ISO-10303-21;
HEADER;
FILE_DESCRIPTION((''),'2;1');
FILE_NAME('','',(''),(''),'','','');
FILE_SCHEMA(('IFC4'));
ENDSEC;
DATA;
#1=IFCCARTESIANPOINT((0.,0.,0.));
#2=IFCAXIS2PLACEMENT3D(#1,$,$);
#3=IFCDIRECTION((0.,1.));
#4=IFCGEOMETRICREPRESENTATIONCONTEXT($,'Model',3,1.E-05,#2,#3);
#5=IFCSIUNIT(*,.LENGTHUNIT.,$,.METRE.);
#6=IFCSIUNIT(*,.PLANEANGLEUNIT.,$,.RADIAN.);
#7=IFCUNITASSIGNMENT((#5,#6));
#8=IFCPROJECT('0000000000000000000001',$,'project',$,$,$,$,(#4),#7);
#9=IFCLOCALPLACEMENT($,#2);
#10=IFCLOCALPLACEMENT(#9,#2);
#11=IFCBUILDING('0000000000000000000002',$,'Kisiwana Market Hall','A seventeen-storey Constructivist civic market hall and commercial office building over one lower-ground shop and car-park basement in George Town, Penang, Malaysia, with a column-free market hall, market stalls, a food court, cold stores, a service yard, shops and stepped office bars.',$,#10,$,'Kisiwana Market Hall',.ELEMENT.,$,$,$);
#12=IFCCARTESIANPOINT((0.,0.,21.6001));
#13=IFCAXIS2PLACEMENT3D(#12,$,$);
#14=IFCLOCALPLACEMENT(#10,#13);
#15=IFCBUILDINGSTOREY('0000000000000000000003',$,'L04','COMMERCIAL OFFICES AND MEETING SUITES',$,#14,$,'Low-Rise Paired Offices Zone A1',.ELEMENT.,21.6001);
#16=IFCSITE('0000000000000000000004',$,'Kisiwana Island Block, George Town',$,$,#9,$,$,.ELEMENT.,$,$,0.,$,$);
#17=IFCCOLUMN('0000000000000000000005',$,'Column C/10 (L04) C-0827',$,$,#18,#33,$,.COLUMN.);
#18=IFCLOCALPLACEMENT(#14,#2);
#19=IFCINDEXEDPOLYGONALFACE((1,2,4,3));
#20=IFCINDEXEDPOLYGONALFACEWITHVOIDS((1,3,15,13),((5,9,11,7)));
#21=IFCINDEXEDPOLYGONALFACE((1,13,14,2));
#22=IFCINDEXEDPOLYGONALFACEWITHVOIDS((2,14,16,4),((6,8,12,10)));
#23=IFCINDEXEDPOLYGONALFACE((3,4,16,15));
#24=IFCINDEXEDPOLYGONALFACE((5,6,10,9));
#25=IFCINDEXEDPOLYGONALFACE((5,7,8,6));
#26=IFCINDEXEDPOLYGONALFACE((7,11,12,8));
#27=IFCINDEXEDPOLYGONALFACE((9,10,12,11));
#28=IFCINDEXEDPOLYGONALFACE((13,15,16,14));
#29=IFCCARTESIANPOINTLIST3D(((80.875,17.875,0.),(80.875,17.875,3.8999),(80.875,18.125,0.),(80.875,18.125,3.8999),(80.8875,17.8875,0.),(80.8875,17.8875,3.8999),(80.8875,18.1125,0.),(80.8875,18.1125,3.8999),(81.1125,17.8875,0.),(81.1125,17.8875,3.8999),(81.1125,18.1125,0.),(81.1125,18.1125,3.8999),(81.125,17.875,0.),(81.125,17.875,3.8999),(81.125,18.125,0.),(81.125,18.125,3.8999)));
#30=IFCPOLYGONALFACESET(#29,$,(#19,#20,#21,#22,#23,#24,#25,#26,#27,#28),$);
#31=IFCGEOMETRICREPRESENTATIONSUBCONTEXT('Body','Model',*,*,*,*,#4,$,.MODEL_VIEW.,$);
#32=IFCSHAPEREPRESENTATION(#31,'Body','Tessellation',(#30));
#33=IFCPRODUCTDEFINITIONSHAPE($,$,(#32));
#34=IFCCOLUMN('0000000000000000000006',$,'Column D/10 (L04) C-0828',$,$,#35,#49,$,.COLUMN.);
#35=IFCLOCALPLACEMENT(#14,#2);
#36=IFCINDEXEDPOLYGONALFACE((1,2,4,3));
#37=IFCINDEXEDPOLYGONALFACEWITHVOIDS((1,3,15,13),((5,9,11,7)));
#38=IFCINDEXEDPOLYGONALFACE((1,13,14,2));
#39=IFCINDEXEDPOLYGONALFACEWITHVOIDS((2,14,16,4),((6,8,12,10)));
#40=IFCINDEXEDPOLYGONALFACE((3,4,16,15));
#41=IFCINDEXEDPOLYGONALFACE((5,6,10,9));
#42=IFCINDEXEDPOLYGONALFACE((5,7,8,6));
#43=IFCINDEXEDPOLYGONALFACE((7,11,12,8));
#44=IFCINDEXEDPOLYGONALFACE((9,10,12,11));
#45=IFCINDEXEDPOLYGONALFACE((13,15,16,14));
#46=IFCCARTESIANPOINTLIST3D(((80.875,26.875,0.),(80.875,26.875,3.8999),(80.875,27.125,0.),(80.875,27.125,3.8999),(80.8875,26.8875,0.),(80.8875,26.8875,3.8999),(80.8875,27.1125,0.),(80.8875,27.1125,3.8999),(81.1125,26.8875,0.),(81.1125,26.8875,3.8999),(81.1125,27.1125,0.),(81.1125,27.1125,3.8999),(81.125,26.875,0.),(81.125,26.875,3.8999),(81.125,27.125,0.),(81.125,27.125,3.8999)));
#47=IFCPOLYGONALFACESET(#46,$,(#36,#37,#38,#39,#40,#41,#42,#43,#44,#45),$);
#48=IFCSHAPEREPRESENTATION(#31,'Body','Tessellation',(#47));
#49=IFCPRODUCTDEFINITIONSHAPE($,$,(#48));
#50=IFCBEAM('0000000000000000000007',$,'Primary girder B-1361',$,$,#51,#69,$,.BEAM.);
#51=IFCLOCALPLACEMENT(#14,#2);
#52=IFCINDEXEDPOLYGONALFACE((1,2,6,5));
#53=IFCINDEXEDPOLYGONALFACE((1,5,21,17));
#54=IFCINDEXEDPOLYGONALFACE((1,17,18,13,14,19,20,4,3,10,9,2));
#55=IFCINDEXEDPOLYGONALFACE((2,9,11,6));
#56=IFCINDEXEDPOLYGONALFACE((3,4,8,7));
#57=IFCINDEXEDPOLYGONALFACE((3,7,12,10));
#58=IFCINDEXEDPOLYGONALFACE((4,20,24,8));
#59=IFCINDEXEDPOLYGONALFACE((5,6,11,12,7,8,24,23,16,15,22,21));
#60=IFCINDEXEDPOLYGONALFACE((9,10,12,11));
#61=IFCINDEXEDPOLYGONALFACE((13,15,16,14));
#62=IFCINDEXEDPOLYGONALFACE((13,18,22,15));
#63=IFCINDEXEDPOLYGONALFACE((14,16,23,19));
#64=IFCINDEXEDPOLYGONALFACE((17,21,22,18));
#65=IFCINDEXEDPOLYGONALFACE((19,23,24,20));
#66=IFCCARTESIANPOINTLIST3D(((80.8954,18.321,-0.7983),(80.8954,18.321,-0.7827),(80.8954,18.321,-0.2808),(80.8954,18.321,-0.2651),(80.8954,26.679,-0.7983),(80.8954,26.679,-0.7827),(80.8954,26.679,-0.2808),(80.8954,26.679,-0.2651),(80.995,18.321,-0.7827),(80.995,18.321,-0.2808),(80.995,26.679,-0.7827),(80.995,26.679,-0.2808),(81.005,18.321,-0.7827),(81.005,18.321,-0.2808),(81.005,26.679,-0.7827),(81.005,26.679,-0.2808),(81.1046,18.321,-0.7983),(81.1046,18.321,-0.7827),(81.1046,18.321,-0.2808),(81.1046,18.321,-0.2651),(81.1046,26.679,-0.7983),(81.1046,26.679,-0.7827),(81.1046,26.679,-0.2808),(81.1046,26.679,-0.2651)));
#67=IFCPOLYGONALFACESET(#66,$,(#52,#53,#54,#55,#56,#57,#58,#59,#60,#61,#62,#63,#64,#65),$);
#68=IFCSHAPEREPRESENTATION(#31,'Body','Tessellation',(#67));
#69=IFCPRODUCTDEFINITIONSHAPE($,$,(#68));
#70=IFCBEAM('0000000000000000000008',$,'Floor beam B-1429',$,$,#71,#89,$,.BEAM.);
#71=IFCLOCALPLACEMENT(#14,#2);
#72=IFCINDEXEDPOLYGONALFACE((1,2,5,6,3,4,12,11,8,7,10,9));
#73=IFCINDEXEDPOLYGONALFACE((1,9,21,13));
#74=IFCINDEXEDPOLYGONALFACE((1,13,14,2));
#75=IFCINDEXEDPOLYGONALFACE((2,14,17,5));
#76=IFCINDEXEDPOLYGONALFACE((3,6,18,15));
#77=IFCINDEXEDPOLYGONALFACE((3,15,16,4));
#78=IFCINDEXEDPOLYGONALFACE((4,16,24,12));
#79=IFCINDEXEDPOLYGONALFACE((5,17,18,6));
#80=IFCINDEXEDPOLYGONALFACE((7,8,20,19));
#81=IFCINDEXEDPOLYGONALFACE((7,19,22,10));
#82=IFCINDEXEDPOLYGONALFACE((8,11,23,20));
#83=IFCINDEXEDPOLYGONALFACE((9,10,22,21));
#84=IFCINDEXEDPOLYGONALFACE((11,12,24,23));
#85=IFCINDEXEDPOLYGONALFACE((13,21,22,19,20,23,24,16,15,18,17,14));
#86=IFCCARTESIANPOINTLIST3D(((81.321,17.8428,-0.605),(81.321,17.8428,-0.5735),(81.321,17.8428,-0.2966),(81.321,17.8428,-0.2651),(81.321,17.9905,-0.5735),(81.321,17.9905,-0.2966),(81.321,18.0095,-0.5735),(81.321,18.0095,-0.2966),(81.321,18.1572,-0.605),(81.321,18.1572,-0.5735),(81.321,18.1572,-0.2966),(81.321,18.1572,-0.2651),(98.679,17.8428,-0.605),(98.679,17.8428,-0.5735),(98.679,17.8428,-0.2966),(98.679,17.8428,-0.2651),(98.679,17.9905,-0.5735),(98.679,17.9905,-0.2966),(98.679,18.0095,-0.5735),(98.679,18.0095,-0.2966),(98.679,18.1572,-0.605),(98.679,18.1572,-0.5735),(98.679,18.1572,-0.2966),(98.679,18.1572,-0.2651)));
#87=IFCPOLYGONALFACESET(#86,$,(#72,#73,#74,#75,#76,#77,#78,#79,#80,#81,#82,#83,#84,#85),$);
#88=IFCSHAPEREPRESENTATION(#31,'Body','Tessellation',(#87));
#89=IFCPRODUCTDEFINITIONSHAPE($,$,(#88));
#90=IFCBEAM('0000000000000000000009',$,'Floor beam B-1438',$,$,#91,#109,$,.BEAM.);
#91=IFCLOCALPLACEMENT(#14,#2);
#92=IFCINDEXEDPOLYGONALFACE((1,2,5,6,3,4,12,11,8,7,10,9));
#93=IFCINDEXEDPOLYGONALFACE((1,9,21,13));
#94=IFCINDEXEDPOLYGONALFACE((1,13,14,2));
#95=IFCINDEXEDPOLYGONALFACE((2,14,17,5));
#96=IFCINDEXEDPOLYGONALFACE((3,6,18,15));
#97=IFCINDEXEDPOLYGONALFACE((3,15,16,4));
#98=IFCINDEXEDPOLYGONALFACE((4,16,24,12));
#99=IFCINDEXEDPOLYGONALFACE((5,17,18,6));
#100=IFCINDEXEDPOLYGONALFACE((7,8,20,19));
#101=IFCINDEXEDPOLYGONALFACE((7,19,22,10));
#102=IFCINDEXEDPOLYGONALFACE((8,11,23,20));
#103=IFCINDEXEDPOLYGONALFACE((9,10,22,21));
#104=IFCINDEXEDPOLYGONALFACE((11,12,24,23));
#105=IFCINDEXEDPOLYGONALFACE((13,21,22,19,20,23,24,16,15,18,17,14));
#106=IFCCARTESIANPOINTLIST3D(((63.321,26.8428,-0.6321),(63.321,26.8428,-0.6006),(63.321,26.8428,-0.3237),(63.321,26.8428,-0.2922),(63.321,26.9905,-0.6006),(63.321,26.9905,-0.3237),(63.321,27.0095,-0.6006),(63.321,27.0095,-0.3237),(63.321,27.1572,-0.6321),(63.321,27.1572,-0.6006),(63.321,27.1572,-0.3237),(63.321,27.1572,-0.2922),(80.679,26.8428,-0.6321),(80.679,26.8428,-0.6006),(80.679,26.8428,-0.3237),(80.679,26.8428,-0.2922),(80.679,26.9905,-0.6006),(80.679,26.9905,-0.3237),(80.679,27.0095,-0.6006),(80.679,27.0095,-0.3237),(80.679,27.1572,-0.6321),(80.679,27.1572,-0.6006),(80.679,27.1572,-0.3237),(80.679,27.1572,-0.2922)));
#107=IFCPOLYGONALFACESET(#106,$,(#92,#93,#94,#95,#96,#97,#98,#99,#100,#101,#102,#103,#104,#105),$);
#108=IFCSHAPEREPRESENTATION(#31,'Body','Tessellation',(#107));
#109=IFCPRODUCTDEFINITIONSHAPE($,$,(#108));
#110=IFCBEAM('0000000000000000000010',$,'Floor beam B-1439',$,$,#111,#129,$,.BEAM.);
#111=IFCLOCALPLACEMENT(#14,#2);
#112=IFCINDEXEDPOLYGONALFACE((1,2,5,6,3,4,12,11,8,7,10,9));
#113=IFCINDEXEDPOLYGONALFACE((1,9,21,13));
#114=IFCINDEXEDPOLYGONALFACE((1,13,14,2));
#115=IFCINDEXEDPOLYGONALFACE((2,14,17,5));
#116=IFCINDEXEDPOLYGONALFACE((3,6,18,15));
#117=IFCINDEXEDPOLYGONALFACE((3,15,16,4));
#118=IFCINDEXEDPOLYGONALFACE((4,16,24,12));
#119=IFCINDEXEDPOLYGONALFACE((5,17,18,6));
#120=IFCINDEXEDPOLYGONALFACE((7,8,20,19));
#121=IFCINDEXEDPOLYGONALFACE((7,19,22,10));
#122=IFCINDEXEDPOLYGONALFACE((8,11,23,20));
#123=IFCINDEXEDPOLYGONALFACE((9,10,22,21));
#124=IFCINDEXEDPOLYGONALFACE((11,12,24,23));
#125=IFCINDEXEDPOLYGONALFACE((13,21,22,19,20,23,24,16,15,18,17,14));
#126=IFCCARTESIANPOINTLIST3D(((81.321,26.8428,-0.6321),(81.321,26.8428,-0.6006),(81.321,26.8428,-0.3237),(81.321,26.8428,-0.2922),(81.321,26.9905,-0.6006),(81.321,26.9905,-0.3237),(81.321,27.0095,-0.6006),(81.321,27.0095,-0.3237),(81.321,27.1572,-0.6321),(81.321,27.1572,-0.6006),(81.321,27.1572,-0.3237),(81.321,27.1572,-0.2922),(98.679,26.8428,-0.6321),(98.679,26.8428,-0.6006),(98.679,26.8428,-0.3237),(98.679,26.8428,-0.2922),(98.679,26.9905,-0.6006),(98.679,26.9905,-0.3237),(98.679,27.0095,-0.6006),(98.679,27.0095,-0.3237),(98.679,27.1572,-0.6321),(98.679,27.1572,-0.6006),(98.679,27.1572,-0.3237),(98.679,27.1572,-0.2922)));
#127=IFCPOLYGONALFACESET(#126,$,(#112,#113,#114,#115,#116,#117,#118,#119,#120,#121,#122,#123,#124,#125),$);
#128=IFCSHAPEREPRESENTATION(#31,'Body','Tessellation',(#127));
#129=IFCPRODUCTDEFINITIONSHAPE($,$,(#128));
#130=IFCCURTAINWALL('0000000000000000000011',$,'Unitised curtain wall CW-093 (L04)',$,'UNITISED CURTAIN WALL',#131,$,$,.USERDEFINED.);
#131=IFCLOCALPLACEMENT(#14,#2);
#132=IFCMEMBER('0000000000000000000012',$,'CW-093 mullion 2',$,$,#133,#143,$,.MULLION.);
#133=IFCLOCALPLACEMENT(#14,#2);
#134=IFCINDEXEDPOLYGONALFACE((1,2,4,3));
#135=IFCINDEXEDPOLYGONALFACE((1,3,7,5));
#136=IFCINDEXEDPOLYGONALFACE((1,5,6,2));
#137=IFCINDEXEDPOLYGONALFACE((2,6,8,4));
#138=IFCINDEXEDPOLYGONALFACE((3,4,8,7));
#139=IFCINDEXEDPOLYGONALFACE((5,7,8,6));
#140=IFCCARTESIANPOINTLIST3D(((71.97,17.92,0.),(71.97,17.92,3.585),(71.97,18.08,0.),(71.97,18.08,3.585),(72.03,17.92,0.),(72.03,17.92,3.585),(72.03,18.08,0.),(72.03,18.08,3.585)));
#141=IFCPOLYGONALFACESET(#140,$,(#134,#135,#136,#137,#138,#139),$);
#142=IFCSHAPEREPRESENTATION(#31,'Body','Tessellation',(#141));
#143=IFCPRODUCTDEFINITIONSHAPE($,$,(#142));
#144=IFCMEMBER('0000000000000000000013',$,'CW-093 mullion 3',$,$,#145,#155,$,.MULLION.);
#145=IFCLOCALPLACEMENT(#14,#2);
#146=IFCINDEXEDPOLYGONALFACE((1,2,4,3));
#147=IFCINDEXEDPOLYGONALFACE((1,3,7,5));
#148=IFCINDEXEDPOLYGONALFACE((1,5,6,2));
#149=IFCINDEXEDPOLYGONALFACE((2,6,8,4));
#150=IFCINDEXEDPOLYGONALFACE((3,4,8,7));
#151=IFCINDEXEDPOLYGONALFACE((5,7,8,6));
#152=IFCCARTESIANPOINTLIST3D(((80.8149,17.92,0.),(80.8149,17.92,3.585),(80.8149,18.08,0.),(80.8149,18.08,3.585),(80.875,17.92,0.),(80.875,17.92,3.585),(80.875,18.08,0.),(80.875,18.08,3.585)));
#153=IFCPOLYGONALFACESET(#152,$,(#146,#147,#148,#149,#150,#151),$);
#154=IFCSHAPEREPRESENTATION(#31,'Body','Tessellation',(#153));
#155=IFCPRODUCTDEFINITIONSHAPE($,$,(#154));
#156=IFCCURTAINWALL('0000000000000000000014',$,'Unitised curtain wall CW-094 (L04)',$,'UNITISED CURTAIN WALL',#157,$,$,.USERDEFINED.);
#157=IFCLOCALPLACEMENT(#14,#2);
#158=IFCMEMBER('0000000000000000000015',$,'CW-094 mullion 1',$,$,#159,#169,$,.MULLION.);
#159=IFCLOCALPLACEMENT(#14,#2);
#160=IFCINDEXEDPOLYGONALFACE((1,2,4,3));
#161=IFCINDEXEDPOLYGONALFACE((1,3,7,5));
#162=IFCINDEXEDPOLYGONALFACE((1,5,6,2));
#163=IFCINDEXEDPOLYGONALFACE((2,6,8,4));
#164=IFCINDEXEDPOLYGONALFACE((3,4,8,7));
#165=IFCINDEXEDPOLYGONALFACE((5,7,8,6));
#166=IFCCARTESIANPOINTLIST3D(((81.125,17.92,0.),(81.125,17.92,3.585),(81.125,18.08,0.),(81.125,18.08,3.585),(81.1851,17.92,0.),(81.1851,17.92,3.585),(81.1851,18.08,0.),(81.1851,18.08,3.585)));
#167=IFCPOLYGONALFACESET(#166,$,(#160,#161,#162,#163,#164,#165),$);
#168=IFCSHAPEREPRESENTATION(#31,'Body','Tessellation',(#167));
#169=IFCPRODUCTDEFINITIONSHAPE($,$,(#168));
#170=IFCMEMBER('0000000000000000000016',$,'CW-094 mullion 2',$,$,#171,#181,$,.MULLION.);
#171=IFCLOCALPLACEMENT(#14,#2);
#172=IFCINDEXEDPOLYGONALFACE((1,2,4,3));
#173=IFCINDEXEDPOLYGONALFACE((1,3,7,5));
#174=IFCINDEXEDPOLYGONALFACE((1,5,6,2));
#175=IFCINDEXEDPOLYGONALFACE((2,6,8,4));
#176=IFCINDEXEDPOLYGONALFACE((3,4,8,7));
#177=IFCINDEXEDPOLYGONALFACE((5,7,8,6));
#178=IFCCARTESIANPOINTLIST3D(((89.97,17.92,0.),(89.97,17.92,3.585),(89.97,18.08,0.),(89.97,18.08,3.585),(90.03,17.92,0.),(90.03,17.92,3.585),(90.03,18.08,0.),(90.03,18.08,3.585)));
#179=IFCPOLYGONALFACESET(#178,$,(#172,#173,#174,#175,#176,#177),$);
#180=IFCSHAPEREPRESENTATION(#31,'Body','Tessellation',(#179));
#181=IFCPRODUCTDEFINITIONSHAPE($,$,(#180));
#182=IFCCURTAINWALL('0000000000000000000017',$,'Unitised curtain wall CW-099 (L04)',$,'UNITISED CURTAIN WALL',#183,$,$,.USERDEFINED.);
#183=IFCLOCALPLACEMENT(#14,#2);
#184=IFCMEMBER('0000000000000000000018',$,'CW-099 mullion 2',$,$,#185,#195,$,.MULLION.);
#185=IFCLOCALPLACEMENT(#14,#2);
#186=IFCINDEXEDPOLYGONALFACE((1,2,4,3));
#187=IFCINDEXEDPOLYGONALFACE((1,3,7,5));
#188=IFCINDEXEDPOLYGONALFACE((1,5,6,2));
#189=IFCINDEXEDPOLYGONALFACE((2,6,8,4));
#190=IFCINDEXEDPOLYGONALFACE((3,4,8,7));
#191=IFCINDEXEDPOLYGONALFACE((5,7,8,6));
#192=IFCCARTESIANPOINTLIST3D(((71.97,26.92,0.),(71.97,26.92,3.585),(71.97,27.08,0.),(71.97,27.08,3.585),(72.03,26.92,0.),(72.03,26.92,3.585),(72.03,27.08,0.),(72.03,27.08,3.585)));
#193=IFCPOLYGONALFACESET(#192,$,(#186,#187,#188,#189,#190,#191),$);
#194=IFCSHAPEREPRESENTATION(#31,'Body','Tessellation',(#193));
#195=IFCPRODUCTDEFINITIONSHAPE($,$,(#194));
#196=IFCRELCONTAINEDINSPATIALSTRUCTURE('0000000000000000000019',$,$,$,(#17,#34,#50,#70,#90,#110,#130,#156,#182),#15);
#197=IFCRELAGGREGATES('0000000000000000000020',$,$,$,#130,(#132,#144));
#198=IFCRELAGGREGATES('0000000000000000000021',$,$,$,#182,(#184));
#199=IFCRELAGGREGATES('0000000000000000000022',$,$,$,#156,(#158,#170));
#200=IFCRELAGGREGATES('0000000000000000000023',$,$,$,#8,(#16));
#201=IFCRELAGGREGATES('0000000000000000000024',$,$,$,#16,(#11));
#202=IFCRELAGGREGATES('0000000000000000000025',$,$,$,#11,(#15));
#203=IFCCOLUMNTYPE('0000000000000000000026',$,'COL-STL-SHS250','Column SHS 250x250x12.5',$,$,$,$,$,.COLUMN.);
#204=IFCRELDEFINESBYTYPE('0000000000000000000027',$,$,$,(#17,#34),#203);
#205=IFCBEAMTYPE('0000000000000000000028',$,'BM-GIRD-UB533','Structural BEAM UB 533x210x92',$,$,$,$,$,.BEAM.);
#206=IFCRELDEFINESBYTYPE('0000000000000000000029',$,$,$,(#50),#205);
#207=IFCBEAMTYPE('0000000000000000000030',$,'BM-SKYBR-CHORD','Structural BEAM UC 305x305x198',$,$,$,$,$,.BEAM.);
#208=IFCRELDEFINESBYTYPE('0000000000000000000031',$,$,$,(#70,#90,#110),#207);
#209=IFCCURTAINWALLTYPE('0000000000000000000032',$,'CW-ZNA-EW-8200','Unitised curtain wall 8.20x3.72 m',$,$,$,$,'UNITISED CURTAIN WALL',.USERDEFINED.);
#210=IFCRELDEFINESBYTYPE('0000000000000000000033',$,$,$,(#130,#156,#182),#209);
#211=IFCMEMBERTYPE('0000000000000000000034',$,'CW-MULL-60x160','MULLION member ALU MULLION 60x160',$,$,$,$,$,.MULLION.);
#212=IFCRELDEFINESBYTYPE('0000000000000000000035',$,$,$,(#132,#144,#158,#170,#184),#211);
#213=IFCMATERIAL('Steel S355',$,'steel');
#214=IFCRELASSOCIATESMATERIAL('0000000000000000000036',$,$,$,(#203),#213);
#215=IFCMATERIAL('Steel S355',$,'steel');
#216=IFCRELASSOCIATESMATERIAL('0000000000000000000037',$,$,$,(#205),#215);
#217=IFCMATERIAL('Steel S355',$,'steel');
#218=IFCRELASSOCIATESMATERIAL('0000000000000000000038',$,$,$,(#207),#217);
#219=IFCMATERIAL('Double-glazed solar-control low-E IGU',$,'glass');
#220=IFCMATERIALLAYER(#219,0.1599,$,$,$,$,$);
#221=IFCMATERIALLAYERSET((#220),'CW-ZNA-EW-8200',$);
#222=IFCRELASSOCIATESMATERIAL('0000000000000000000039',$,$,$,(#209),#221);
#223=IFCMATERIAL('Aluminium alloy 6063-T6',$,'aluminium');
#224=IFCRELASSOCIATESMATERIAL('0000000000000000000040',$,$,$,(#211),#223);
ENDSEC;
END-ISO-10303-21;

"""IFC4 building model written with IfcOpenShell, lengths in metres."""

from ifc_helpers import new_model, si_unit, direction, frame, origin, origin_2d, place, context, subcontext, project, spatial, rectangle, hollow_rectangle, i_section, extrude, material, layer, layer_set, material_profile, profile_set, type_object, element, aggregate, save


model = new_model("IFC4")

# Units and contexts
model_context = context("Model", 3, precision=1e-05, world=origin(), true_north=direction((0.0, 1.0)))
body_context = subcontext(model_context, "Body", "Model", "MODEL_VIEW")
ifc_project = project(units=[si_unit("LENGTHUNIT", "METRE"), si_unit("PLANEANGLEUNIT", "RADIAN")], contexts=[model_context])

# Site, building, storey
site_placement = place(None, origin())
site = spatial("IfcSite", under=ifc_project, at=site_placement, Name="Kisiwana Island Block, George Town", CompositionType="ELEMENT", RefElevation=0.0)
building_placement = place(site_placement, origin())
building = spatial("IfcBuilding", under=site, at=building_placement, Name="Kisiwana Market Hall", Description="A seventeen-storey Constructivist civic market hall and commercial office building over one lower-ground shop and car-park basement in George Town, Penang, Malaysia, with a column-free market hall, market stalls, a food court, cold stores, a service yard, shops and stepped office bars.", LongName="Kisiwana Market Hall", CompositionType="ELEMENT")
storey_placement = place(building_placement, frame((0.0, 0.0, 21.6001)))
storey = spatial("IfcBuildingStorey", under=building, at=storey_placement, Name="L04", Description="COMMERCIAL OFFICES AND MEETING SUITES", LongName="Low-Rise Paired Offices Zone A1", CompositionType="ELEMENT", Elevation=21.6001)

# Columns
ifc_material_1 = material(Name="Steel S355", Category="steel")
ifc_material_profile_1 = material_profile(ifc_material_1, hollow_rectangle(XDim=0.25, YDim=0.25, WallThickness=0.0125, at=origin_2d()), Name="SHS 250x250x12.5")
ifc_profile_set_1 = profile_set([ifc_material_profile_1], Name="Steel S355")
column_type = type_object("IfcColumnType", Name="COL-STL-SHS250", Description="Column SHS 250x250x12.5", PredefinedType="COLUMN", material=ifc_profile_set_1)
for number, where, z_axis, x_axis, name in (
    (1, (81.0, 18.0, 0.0), (0.0, 0.0, 1.0), (1.0, 0.0, 0.0), "Column C/10 (L04) C-0827"),
    (2, (81.0, 27.0, 0.0), (0.0, 0.0, 1.0), (1.0, 0.0, 0.0), "Column D/10 (L04) C-0828"),
):
    element("IfcColumn", number, at=place(storey_placement, frame(where, z_axis=z_axis, x_axis=x_axis)), inside=storey, type_object=column_type, Name=name, PredefinedType="COLUMN", context=body_context, shape_type="SweptSolid", body=[
        extrude(hollow_rectangle(XDim=0.25, YDim=0.25, WallThickness=0.0125, at=origin_2d()), origin(), (0.0, 0.0, 1.0), 3.8999),
    ])

# Beams
ifc_material_2 = material(Name="Steel S355", Category="steel")
ifc_material_profile_2 = material_profile(ifc_material_2, i_section(OverallWidth=0.2092, OverallDepth=0.5332, WebThickness=0.01, FlangeThickness=0.0156, at=origin_2d()), Name="UB 533x210x92")
ifc_profile_set_2 = profile_set([ifc_material_profile_2], Name="Steel S355")
beam_type_1 = type_object("IfcBeamType", Name="BM-GIRD-UB533", Description="Structural BEAM UB 533x210x92", PredefinedType="BEAM", material=ifc_profile_set_2)
beam_placement = place(storey_placement, frame((81.0, 18.321, -0.5317), z_axis=(0.0, 1.0, 0.0), x_axis=(-1.0, 0.0, 0.0)))
element("IfcBeam", 3, at=beam_placement, inside=storey, type_object=beam_type_1, Name="Primary girder B-1361", PredefinedType="BEAM", context=body_context, shape_type="SweptSolid", body=[
    extrude(i_section(OverallWidth=0.2092, OverallDepth=0.5332, WebThickness=0.01, FlangeThickness=0.0156, at=origin_2d()), origin(), (0.0, 0.0, 1.0), 8.3579),
])
ifc_material_3 = material(Name="Steel S355", Category="steel")
ifc_material_profile_3 = material_profile(ifc_material_3, i_section(OverallWidth=0.3145, OverallDepth=0.3398, WebThickness=0.019, FlangeThickness=0.0315, at=origin_2d()), Name="UC 305x305x198")
ifc_profile_set_3 = profile_set([ifc_material_profile_3], Name="Steel S355")
beam_type_2 = type_object("IfcBeamType", Name="BM-SKYBR-CHORD", Description="Structural BEAM UC 305x305x198", PredefinedType="BEAM", material=ifc_profile_set_3)
for number, where, z_axis, x_axis, name in (
    (4, (81.321, 18.0, -0.4351), (1.0, 0.0, 0.0), (0.0, 1.0, 0.0), "Floor beam B-1429"),
    (5, (63.321, 27.0, -0.4622), (1.0, 0.0, 0.0), (0.0, 1.0, 0.0), "Floor beam B-1438"),
    (6, (81.321, 27.0, -0.4622), (1.0, 0.0, 0.0), (0.0, 1.0, 0.0), "Floor beam B-1439"),
):
    element("IfcBeam", number, at=place(storey_placement, frame(where, z_axis=z_axis, x_axis=x_axis)), inside=storey, type_object=beam_type_2, Name=name, PredefinedType="BEAM", context=body_context, shape_type="SweptSolid", body=[
        extrude(i_section(OverallWidth=0.3145, OverallDepth=0.3398, WebThickness=0.019, FlangeThickness=0.0315, at=origin_2d()), origin(), (0.0, 0.0, 1.0), 17.3579),
    ])

# Curtain walls, members
ifc_material_4 = material(Name="Double-glazed solar-control low-E IGU", Category="glass")
ifc_layer_1 = layer(ifc_material_4, 0.1599)
ifc_layer_set_1 = layer_set([ifc_layer_1], Name="CW-ZNA-EW-8200")
curtain_wall_type = type_object("IfcCurtainWallType", Name="CW-ZNA-EW-8200", Description="Unitised curtain wall 8.20x3.72 m", ElementType="UNITISED CURTAIN WALL", PredefinedType="USERDEFINED", material=ifc_layer_set_1)
curtain_wall_1_placement = place(storey_placement, origin())
curtain_wall_1 = element("IfcCurtainWall", 7, at=curtain_wall_1_placement, inside=storey, type_object=curtain_wall_type, Name="Unitised curtain wall CW-093 (L04)", ObjectType="UNITISED CURTAIN WALL", PredefinedType="USERDEFINED")
ifc_material_5 = material(Name="Aluminium alloy 6063-T6", Category="aluminium")
ifc_material_profile_4 = material_profile(ifc_material_5, rectangle(XDim=0.0601, YDim=0.1599, at=origin_2d()), Name="ALU MULLION 60x160")
ifc_profile_set_4 = profile_set([ifc_material_profile_4], Name="Aluminium alloy 6063-T6")
member_type_1 = type_object("IfcMemberType", Name="CW-MULL-60x160", Description="MULLION member ALU MULLION 60x160", PredefinedType="MULLION", material=ifc_profile_set_4)
member_1_placement = place(storey_placement, frame((72.0, 18.0, 0.0), z_axis=(0.0, 0.0, 1.0), x_axis=(1.0, 0.0, 0.0)))
member_1 = element("IfcMember", 8, at=member_1_placement, type_object=member_type_1, Name="CW-093 mullion 2", PredefinedType="MULLION", context=body_context, shape_type="SweptSolid", body=[
    extrude(rectangle(XDim=0.0601, YDim=0.1599, at=origin_2d()), origin(), (0.0, 0.0, 1.0), 3.585),
])
member_2_placement = place(storey_placement, frame((80.845, 18.0, 0.0), z_axis=(0.0, 0.0, 1.0), x_axis=(1.0, 0.0, 0.0)))
member_2 = element("IfcMember", 9, at=member_2_placement, type_object=member_type_1, Name="CW-093 mullion 3", PredefinedType="MULLION", context=body_context, shape_type="SweptSolid", body=[
    extrude(rectangle(XDim=0.0601, YDim=0.1599, at=origin_2d()), origin(), (0.0, 0.0, 1.0), 3.585),
])
curtain_wall_2_placement = place(storey_placement, origin())
curtain_wall_2 = element("IfcCurtainWall", 10, at=curtain_wall_2_placement, inside=storey, type_object=curtain_wall_type, Name="Unitised curtain wall CW-094 (L04)", ObjectType="UNITISED CURTAIN WALL", PredefinedType="USERDEFINED")
member_3_placement = place(storey_placement, frame((81.155, 18.0, 0.0), z_axis=(0.0, 0.0, 1.0), x_axis=(1.0, 0.0, 0.0)))
member_3 = element("IfcMember", 11, at=member_3_placement, type_object=member_type_1, Name="CW-094 mullion 1", PredefinedType="MULLION", context=body_context, shape_type="SweptSolid", body=[
    extrude(rectangle(XDim=0.0601, YDim=0.1599, at=origin_2d()), origin(), (0.0, 0.0, 1.0), 3.585),
])
member_4_placement = place(storey_placement, frame((90.0, 18.0, 0.0), z_axis=(0.0, 0.0, 1.0), x_axis=(1.0, 0.0, 0.0)))
member_4 = element("IfcMember", 12, at=member_4_placement, type_object=member_type_1, Name="CW-094 mullion 2", PredefinedType="MULLION", context=body_context, shape_type="SweptSolid", body=[
    extrude(rectangle(XDim=0.0601, YDim=0.1599, at=origin_2d()), origin(), (0.0, 0.0, 1.0), 3.585),
])
curtain_wall_3_placement = place(storey_placement, origin())
curtain_wall_3 = element("IfcCurtainWall", 13, at=curtain_wall_3_placement, inside=storey, type_object=curtain_wall_type, Name="Unitised curtain wall CW-099 (L04)", ObjectType="UNITISED CURTAIN WALL", PredefinedType="USERDEFINED")
member_5_placement = place(storey_placement, frame((72.0, 27.0, 0.0), z_axis=(0.0, 0.0, 1.0), x_axis=(1.0, 0.0, 0.0)))
member_5 = element("IfcMember", 14, at=member_5_placement, type_object=member_type_1, Name="CW-099 mullion 2", PredefinedType="MULLION", context=body_context, shape_type="SweptSolid", body=[
    extrude(rectangle(XDim=0.0601, YDim=0.1599, at=origin_2d()), origin(), (0.0, 0.0, 1.0), 3.585),
])

aggregate(curtain_wall_1, [member_1, member_2])
aggregate(curtain_wall_3, [member_5])
aggregate(curtain_wall_2, [member_3, member_4])

save(model, "model.ifc")
